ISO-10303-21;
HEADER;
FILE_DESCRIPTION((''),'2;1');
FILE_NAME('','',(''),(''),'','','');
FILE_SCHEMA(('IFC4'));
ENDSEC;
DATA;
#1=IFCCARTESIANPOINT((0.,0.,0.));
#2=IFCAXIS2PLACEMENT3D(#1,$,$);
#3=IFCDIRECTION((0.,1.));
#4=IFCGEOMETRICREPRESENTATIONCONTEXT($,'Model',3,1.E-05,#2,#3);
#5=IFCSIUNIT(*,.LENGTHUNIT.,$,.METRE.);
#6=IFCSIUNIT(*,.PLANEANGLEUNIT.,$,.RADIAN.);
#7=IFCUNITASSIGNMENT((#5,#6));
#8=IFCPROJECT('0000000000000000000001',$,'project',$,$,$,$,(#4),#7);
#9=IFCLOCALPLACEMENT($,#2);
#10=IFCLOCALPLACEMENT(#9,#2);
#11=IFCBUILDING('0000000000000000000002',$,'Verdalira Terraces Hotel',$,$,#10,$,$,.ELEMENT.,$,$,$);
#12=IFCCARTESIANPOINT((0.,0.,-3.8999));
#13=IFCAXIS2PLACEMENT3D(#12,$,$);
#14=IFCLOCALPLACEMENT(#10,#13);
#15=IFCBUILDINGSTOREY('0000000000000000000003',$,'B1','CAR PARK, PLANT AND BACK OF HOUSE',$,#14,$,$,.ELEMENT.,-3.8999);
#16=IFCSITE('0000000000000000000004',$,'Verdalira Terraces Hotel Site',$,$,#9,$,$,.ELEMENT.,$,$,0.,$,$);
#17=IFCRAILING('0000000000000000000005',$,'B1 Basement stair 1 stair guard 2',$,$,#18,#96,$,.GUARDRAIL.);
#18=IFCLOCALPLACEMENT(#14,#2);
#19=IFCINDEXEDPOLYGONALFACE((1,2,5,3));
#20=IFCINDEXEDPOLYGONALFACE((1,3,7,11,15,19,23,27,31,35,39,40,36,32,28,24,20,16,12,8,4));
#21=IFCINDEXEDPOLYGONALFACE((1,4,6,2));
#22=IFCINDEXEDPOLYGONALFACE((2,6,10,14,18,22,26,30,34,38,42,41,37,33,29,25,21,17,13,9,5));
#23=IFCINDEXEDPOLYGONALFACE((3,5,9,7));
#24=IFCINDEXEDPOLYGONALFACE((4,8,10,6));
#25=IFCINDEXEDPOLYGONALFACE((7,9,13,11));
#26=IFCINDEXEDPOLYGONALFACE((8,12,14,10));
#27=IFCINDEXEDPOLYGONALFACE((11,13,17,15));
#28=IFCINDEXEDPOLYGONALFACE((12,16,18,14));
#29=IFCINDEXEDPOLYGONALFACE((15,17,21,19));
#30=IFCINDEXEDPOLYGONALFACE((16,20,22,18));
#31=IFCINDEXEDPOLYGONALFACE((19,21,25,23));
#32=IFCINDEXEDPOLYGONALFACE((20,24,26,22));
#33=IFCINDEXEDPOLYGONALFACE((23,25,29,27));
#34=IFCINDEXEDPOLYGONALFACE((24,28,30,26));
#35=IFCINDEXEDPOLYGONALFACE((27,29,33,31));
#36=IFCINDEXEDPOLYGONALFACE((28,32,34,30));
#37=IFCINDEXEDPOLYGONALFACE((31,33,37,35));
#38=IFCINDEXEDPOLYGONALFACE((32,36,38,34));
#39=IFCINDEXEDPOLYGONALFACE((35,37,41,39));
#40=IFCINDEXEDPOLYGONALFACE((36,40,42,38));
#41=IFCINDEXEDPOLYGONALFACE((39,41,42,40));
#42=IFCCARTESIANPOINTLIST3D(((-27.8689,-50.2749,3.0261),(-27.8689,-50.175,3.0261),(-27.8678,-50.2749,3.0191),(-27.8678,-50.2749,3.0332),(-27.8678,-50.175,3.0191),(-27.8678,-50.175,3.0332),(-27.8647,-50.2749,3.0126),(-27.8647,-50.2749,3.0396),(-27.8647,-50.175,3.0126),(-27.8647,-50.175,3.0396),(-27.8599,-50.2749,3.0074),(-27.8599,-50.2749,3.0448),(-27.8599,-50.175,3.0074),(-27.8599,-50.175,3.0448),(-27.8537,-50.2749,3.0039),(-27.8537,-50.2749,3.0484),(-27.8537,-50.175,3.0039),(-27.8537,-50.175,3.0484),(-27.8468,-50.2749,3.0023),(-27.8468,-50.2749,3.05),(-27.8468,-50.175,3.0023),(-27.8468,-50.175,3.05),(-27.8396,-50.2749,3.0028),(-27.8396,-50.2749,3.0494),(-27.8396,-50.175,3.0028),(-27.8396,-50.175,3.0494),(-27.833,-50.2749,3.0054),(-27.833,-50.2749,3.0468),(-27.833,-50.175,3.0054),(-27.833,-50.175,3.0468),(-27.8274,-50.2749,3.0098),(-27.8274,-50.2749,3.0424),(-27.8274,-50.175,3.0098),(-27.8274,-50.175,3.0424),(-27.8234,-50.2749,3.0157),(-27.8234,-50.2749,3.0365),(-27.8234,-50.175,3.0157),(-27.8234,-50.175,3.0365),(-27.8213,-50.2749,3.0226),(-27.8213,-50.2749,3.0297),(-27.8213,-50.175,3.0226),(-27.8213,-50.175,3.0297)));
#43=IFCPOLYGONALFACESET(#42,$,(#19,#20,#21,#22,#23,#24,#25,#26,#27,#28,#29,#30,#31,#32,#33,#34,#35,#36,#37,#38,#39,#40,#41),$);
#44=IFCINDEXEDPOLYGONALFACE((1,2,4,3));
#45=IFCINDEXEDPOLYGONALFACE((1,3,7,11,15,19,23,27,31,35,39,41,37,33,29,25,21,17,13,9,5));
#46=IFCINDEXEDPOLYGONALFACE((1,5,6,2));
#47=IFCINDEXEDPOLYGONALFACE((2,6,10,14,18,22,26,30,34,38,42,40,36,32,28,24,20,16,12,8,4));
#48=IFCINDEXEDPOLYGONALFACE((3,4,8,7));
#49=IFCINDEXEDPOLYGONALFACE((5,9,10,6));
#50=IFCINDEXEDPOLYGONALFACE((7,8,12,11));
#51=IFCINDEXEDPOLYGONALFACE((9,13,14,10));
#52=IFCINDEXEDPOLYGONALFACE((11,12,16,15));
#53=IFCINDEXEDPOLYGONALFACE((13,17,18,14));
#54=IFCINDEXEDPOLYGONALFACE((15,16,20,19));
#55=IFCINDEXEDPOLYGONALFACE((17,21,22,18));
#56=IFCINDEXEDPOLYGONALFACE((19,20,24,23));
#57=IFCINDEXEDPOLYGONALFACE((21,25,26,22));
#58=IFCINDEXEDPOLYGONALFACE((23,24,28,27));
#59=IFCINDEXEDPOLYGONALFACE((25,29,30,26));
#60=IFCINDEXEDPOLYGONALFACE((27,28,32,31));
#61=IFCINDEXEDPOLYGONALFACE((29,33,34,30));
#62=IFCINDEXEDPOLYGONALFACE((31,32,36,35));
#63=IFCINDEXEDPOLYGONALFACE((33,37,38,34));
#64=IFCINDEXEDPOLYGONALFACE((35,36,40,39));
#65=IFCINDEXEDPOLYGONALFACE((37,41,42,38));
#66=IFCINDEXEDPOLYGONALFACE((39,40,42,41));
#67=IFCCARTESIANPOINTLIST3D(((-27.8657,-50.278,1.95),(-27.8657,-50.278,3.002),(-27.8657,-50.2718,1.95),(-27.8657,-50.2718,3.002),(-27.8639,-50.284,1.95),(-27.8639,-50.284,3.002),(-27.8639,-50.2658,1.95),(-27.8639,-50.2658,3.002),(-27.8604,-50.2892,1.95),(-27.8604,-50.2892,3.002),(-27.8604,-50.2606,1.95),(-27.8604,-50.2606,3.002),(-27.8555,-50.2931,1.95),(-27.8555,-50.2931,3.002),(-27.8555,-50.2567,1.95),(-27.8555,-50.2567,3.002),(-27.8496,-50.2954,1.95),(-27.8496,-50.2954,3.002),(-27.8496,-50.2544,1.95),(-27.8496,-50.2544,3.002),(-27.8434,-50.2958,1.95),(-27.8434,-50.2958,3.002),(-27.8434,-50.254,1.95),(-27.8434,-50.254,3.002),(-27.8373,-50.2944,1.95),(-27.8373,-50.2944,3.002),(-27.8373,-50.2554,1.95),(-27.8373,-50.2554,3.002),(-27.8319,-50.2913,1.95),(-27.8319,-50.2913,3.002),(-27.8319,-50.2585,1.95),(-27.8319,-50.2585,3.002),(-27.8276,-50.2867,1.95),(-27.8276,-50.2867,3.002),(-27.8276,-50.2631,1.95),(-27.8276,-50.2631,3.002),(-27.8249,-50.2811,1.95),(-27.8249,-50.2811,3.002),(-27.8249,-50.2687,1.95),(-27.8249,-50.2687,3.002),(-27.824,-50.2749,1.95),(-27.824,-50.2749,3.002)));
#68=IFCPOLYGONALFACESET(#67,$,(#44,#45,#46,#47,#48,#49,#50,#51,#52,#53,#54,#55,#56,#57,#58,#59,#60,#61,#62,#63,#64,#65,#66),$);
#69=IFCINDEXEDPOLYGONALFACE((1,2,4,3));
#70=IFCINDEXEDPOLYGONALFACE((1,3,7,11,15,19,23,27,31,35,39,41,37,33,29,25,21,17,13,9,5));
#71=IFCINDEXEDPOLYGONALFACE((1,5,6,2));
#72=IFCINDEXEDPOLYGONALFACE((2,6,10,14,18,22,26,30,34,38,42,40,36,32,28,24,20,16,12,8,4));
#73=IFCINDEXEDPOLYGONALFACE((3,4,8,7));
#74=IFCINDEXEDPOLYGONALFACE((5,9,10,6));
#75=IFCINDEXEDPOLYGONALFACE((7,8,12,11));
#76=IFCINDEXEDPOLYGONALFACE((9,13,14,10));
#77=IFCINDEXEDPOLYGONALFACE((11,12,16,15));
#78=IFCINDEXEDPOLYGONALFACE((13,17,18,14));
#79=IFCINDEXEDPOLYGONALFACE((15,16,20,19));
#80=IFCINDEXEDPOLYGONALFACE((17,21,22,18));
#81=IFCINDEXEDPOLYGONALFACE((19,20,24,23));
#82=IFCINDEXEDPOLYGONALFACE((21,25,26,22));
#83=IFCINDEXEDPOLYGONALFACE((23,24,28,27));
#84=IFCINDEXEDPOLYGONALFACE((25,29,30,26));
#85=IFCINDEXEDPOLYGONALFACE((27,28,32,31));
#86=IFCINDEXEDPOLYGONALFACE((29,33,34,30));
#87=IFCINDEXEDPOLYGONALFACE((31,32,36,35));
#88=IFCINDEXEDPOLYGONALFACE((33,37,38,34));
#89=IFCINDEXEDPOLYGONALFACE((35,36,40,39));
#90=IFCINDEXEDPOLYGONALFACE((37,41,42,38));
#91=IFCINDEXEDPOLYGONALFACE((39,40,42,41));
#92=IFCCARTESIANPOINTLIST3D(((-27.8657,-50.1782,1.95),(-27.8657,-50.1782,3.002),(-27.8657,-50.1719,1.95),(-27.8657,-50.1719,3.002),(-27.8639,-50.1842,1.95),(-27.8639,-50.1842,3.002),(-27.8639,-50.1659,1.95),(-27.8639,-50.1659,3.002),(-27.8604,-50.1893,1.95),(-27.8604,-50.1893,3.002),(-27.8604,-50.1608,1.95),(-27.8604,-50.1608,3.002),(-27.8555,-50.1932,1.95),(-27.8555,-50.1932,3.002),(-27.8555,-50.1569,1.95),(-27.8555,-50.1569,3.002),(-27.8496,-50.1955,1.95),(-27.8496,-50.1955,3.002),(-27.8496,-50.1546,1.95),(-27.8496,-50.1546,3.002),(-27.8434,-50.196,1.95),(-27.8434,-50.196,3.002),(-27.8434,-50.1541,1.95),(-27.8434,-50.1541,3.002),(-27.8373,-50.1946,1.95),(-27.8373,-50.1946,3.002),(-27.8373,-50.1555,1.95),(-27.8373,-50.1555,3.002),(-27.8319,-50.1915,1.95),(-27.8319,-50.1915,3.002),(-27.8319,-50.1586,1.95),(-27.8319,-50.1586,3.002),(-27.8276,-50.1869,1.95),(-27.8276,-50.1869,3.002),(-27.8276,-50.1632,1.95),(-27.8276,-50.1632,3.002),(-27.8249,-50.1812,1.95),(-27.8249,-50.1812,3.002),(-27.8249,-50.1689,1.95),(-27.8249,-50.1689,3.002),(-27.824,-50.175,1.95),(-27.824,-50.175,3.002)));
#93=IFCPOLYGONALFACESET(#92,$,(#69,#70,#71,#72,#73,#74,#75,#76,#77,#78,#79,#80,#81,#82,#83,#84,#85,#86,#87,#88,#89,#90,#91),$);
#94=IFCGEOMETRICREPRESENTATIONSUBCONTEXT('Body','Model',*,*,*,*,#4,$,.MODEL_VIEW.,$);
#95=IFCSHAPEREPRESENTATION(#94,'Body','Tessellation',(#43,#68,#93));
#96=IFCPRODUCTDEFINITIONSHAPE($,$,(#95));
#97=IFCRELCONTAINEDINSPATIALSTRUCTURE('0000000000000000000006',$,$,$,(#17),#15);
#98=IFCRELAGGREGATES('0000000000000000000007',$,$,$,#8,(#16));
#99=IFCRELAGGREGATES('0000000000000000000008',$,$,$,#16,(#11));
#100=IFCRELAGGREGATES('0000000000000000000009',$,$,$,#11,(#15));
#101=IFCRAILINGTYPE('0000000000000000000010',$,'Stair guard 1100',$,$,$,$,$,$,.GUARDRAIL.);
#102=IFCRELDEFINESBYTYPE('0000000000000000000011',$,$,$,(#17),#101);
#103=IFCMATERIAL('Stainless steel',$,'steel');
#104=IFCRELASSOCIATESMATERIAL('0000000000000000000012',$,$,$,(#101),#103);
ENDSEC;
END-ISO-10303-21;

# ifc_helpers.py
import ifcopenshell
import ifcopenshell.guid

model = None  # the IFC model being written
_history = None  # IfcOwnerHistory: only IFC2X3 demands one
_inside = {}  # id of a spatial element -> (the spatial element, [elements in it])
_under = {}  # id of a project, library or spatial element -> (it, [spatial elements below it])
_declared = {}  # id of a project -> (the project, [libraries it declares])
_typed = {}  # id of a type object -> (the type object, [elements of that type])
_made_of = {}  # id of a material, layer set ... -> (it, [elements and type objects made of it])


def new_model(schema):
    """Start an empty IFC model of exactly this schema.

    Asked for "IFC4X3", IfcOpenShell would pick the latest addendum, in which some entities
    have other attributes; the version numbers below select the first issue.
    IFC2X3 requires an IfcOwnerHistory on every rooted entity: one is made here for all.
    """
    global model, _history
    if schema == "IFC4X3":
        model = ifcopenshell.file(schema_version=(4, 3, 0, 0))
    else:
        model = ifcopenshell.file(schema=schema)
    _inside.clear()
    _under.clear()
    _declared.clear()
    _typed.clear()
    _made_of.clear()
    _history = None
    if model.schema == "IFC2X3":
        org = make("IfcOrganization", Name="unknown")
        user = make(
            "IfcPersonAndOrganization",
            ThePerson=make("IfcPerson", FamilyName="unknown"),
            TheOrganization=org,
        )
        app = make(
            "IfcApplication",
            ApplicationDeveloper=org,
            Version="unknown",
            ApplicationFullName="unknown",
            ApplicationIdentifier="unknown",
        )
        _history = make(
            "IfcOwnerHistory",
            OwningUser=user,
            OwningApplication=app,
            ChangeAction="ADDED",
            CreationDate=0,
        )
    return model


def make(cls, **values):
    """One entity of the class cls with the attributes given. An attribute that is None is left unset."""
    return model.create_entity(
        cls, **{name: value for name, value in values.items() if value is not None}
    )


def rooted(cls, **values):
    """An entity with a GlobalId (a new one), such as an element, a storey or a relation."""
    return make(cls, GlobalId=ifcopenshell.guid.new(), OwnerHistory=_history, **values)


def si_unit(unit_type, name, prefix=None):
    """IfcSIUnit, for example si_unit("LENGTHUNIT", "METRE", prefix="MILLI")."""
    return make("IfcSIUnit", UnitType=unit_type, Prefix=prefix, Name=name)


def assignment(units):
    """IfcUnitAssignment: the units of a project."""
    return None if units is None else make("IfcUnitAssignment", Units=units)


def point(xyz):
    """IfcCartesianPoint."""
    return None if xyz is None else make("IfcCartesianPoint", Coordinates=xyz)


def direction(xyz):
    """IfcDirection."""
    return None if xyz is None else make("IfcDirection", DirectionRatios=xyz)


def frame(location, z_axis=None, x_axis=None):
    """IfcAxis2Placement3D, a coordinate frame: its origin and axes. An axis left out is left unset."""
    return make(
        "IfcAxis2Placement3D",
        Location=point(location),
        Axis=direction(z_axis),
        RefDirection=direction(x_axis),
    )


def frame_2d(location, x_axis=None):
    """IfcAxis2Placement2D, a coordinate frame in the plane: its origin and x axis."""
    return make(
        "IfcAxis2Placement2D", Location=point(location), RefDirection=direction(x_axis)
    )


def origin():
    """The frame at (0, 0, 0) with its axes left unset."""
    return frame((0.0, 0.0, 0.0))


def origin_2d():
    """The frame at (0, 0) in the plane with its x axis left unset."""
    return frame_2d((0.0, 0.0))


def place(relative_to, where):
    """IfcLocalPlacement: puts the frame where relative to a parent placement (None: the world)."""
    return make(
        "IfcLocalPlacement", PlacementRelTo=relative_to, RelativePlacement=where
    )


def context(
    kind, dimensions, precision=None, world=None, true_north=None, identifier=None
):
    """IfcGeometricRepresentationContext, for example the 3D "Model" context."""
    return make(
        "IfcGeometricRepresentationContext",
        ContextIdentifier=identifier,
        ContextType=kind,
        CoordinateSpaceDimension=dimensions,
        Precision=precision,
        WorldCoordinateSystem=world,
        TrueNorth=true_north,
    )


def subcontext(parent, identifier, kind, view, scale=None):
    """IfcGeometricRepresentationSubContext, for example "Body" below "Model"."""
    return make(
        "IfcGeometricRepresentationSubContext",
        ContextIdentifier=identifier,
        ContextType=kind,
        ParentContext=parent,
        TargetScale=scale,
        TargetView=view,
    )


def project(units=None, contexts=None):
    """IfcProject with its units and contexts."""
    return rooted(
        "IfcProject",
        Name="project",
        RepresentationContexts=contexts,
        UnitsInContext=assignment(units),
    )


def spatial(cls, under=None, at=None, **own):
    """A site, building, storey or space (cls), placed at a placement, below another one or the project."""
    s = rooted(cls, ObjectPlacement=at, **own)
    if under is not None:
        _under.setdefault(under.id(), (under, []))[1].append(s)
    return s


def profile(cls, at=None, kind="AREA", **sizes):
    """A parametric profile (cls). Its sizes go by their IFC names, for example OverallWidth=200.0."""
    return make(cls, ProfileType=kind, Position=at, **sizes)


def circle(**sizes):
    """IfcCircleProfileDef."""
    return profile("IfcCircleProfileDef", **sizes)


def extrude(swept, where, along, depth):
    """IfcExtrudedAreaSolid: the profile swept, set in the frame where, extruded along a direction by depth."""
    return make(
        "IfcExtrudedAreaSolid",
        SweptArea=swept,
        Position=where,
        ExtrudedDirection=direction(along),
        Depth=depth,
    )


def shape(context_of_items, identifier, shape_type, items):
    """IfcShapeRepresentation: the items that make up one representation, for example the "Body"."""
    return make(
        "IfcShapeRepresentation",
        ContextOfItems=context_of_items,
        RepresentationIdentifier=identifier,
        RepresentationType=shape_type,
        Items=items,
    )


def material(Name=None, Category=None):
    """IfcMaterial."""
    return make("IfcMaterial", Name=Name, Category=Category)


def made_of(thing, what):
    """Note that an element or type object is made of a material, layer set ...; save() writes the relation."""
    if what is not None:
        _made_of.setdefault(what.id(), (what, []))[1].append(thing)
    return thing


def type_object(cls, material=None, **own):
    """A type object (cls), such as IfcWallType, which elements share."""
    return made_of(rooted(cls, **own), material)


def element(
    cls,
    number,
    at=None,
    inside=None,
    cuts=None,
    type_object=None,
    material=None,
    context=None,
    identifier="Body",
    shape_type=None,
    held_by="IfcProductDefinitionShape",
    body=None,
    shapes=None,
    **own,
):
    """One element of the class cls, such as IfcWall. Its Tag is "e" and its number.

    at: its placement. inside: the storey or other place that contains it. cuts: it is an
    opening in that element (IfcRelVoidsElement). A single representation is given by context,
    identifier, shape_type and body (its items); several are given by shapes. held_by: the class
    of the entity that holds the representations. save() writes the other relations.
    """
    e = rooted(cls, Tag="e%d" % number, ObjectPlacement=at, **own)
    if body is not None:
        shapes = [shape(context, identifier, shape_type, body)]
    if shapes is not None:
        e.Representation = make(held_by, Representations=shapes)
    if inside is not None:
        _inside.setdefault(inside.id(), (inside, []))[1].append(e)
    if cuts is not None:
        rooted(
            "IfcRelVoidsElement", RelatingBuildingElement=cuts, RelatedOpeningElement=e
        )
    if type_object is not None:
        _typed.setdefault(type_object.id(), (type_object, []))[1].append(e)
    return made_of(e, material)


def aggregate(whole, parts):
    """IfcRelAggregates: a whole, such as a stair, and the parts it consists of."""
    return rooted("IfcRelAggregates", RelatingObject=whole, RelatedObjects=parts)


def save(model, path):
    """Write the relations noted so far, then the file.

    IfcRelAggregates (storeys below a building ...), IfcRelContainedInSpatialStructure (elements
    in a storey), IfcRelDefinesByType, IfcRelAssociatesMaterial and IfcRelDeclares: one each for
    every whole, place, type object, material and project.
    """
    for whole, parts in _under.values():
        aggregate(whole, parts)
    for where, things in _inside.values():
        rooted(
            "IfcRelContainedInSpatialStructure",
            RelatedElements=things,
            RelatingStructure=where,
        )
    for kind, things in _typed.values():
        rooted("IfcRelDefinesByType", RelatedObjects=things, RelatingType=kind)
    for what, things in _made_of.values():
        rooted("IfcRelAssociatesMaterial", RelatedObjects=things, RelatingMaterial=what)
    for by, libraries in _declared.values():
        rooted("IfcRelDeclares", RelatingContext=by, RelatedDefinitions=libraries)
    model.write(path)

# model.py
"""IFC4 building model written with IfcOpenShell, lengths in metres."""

from ifc_helpers import new_model, si_unit, direction, frame, origin, origin_2d, place, context, subcontext, project, spatial, circle, extrude, material, type_object, element, save


model = new_model("IFC4")

# Units and contexts
model_context = context("Model", 3, precision=1e-05, world=origin(), true_north=direction((0.0, 1.0)))
body_context = subcontext(model_context, "Body", "Model", "MODEL_VIEW")
ifc_project = project(units=[si_unit("LENGTHUNIT", "METRE"), si_unit("PLANEANGLEUNIT", "RADIAN")], contexts=[model_context])

# Site, building, storey
site_placement = place(None, origin())
site = spatial("IfcSite", under=ifc_project, at=site_placement, Name="Verdalira Terraces Hotel Site", CompositionType="ELEMENT", RefElevation=0.0)
building_placement = place(site_placement, origin())
building = spatial("IfcBuilding", under=site, at=building_placement, Name="Verdalira Terraces Hotel", CompositionType="ELEMENT")
storey_placement = place(building_placement, frame((0.0, 0.0, -3.8999)))
storey = spatial("IfcBuildingStorey", under=building, at=storey_placement, Name="B1", Description="CAR PARK, PLANT AND BACK OF HOUSE", CompositionType="ELEMENT", Elevation=-3.8999)

# Railing
ifc_material_1 = material(Name="Stainless steel", Category="steel")
railing_type_1 = type_object("IfcRailingType", Name="Stair guard 1100", PredefinedType="GUARDRAIL", material=ifc_material_1)
railing_1_placement = place(storey_placement, frame((-27.845, -50.2749, 1.95)))
element("IfcRailing", 1, at=railing_1_placement, inside=storey, type_object=railing_type_1, Name="B1 Basement stair 1 stair guard 2", PredefinedType="GUARDRAIL", context=body_context, shape_type="SweptSolid", body=[
    extrude(circle(Radius=0.0239, at=origin_2d()), frame((0.0, 0.0, 1.0762), z_axis=(0.0, 1.0, 0.0), x_axis=(-1.0, 0.0, 0.0)), (0.0, 0.0, 1.0), 0.0999),
    extrude(circle(Radius=0.021, at=origin_2d()), origin(), (0.0, 0.0, 1.0), 1.052),
    extrude(circle(Radius=0.021, at=origin_2d()), frame((0.0, 0.0999, 0.0)), (0.0, 0.0, 1.0), 1.052),
])

save(model, "model.ifc")
